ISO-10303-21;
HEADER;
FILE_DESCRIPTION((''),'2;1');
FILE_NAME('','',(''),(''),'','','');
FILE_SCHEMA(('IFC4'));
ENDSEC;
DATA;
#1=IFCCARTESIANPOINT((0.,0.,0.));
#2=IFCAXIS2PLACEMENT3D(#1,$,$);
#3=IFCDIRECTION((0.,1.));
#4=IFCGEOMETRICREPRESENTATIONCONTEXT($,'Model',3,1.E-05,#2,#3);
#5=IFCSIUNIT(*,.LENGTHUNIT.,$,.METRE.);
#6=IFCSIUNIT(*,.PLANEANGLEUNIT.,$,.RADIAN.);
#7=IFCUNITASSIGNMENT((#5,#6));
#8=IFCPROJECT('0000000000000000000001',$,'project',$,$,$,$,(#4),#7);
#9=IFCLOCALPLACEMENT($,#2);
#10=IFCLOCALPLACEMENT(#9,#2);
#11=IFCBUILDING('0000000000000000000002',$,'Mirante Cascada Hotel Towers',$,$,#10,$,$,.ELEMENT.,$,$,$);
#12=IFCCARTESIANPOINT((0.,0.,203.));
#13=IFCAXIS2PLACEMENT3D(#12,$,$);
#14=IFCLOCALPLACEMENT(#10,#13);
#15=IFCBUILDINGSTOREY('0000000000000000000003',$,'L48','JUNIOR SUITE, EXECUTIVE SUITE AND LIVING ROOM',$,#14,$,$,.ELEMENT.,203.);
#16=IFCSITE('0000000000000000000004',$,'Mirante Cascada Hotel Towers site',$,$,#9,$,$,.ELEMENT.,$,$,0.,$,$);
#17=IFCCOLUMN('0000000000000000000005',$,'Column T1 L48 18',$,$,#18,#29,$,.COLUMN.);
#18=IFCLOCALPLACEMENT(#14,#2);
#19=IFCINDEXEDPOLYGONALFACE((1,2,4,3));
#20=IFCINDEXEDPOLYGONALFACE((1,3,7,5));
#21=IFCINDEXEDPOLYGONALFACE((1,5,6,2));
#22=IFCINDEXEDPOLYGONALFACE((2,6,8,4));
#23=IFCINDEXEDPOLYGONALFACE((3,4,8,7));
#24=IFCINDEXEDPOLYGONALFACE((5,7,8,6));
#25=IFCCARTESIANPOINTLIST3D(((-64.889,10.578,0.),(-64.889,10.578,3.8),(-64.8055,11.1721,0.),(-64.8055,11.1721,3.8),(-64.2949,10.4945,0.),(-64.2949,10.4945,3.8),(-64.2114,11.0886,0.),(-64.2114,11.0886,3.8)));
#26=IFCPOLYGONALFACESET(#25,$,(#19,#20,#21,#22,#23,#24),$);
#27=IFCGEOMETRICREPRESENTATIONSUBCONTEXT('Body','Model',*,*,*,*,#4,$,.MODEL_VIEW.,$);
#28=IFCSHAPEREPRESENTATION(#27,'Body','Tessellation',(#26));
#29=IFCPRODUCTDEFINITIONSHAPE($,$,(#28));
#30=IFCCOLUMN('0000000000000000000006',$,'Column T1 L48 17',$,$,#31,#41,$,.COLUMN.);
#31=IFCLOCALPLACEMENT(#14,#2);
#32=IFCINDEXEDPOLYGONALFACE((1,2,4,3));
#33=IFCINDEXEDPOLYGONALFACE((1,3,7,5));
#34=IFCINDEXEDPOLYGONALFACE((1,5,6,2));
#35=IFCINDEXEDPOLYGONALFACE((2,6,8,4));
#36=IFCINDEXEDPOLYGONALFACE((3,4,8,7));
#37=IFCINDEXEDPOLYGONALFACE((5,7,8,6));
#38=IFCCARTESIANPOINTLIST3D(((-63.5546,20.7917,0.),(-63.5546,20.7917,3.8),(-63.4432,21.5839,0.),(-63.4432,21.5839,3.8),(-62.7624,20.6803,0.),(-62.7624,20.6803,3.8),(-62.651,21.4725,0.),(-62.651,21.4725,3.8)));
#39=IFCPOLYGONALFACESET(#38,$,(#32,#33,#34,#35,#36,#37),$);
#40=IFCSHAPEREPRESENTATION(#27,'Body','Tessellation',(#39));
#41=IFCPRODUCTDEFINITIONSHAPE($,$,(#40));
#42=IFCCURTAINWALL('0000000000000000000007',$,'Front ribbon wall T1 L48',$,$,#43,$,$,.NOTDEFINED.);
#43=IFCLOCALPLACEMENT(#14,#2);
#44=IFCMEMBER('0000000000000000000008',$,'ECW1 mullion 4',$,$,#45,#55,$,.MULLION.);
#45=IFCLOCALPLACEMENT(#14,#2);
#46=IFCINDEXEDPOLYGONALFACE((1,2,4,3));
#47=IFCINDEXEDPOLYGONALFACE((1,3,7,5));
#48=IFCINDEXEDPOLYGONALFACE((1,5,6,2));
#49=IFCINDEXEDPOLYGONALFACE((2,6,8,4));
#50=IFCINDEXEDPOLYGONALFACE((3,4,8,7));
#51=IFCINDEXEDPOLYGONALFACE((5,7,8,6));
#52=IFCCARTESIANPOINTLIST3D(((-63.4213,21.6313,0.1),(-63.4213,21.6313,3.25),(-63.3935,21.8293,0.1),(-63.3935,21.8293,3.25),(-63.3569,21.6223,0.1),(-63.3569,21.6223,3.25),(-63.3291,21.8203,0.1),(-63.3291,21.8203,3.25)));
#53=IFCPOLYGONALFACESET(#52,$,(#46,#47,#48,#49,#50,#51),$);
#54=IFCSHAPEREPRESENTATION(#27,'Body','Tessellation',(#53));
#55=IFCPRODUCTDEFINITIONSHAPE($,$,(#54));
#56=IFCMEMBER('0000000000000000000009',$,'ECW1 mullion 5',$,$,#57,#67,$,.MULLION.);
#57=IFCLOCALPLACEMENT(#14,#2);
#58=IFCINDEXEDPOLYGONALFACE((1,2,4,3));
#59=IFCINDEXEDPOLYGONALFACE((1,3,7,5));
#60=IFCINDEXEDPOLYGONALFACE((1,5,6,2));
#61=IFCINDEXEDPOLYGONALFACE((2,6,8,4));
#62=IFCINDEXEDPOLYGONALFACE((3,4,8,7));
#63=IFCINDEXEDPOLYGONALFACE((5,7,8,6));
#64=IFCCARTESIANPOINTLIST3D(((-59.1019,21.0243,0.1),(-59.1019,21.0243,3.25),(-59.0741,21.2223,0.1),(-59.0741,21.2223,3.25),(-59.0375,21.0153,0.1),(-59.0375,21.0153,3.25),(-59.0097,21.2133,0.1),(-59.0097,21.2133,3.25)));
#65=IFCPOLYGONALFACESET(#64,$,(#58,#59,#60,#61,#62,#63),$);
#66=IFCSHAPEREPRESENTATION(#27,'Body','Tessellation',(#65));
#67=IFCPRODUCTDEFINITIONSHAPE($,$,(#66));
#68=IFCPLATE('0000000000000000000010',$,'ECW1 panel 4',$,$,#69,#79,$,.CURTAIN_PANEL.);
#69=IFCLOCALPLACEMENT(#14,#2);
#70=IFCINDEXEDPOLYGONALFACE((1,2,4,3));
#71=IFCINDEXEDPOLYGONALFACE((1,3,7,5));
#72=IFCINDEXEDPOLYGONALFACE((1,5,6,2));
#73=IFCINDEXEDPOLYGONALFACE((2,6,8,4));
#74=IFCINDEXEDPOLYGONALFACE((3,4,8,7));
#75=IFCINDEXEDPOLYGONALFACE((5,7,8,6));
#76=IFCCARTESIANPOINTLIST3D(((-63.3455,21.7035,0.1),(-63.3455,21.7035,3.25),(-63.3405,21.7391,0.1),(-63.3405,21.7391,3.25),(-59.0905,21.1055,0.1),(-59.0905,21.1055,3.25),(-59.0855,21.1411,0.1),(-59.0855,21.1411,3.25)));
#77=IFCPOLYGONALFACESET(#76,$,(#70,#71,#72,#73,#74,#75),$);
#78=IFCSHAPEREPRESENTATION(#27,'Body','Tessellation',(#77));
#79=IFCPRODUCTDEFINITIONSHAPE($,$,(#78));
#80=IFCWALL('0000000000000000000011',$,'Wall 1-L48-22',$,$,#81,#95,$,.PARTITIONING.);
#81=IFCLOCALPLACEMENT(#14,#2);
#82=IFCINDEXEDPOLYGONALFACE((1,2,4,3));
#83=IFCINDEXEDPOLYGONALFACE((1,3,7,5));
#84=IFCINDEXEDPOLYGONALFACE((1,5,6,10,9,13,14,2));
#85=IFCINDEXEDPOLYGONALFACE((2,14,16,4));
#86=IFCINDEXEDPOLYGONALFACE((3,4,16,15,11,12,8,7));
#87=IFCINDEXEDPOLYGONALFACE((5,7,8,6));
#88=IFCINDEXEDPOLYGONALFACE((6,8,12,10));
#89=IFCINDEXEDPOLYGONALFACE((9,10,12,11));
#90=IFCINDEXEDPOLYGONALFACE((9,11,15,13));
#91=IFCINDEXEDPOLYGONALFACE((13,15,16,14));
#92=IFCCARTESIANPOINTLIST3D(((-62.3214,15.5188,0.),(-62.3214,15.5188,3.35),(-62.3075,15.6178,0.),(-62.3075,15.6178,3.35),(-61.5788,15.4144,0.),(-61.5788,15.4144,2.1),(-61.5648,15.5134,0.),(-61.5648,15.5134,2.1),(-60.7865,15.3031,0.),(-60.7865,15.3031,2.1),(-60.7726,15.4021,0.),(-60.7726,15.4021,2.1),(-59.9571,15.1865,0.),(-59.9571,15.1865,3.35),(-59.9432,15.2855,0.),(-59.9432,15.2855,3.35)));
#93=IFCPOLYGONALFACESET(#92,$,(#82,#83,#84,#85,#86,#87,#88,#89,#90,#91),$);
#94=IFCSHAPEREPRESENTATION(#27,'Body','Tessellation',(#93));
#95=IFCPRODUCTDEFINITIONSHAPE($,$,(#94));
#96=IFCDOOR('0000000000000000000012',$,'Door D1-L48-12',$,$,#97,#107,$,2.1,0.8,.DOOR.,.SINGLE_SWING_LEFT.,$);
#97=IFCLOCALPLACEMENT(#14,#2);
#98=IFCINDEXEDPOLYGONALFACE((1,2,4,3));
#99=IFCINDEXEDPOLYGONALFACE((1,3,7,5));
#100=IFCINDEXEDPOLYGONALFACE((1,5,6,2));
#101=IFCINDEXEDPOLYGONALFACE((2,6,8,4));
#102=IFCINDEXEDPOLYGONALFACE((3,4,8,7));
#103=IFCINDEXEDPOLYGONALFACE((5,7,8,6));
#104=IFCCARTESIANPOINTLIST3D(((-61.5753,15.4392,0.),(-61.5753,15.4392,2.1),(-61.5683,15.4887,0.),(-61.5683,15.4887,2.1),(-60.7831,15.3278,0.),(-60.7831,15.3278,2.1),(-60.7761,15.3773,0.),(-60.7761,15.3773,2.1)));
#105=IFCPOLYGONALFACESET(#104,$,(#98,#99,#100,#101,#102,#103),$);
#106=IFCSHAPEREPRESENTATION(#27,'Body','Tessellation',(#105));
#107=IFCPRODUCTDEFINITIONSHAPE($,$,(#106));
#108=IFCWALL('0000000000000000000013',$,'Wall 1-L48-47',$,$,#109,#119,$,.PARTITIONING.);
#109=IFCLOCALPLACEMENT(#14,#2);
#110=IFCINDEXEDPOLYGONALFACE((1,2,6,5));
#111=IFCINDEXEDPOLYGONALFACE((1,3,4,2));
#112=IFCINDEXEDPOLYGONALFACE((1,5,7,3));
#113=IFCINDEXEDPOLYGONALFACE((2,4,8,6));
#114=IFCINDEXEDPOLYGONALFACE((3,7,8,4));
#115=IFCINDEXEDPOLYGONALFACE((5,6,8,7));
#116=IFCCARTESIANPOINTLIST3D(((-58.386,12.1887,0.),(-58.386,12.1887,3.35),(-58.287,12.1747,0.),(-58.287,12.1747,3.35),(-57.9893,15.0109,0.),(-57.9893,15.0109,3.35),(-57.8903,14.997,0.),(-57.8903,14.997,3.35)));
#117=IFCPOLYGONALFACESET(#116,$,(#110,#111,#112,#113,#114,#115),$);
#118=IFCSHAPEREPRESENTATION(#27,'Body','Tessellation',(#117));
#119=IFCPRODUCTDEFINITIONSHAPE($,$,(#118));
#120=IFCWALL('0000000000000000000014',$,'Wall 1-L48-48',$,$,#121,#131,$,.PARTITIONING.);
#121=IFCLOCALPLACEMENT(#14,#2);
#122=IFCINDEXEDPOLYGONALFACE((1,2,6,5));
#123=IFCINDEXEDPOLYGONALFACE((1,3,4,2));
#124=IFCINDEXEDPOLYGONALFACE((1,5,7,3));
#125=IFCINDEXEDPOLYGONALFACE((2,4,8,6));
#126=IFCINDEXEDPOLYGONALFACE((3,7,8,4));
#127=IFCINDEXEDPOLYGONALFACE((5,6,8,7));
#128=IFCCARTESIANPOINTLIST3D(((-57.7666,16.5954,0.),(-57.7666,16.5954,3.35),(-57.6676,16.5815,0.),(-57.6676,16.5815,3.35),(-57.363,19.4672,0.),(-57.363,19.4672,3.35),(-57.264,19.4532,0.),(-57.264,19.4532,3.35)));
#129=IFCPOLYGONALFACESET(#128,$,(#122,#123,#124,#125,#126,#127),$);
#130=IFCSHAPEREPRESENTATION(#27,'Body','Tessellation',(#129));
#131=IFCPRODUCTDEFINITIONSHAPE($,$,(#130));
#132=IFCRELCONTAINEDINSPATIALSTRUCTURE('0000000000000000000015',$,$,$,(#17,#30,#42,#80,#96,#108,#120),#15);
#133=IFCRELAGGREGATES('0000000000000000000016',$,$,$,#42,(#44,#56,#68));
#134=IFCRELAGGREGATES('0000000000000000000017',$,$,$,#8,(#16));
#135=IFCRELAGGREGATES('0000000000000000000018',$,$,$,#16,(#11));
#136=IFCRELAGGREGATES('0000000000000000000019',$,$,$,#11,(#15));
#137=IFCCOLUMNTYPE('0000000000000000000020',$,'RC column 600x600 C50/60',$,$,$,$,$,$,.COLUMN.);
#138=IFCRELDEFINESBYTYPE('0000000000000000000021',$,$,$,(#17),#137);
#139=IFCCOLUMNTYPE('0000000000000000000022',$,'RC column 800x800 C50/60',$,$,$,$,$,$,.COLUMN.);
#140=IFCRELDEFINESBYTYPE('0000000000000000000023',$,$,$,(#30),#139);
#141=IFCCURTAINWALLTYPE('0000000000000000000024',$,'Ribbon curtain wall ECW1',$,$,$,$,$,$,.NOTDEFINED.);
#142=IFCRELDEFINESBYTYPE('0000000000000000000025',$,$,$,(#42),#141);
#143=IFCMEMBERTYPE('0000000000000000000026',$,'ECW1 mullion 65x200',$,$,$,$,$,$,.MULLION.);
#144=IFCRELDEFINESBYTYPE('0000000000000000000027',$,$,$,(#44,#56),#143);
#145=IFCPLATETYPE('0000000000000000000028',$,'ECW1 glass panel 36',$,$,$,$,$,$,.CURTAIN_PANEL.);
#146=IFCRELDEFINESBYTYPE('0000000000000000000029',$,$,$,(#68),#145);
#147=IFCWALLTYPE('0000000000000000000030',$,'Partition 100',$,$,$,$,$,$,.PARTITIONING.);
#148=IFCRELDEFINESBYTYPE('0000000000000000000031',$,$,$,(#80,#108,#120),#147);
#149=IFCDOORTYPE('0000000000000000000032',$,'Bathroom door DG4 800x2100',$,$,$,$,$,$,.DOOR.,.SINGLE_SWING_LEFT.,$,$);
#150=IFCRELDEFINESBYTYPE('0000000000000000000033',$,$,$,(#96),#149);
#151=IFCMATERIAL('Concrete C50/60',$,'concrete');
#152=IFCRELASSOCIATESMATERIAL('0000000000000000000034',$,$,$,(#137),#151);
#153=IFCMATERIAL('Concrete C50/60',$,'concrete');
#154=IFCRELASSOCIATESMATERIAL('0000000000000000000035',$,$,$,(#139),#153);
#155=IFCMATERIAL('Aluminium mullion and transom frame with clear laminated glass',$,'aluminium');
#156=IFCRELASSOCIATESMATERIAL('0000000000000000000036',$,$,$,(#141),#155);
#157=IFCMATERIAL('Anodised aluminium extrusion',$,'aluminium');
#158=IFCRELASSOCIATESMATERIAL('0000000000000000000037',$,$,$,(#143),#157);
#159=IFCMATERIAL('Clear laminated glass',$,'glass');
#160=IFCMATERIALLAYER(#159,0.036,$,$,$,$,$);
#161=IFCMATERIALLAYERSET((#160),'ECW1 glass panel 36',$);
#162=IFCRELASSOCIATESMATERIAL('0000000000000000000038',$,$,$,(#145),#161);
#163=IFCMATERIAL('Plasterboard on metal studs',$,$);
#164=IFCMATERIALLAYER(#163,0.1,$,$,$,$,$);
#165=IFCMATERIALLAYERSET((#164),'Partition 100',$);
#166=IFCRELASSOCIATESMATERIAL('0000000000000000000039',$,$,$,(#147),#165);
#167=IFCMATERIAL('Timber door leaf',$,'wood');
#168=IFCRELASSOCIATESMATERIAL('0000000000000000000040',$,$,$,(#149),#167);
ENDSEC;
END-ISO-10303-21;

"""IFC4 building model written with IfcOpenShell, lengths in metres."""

from ifc_helpers import new_model, si_unit, direction, frame, frame_2d, origin, origin_2d, place, context, subcontext, project, spatial, rectangle, extrude, material, layer, layer_set, material_profile, profile_set, type_object, element, fill, aggregate, save


model = new_model("IFC4")

# Units and contexts
model_context = context("Model", 3, precision=1e-05, world=origin(), true_north=direction((0.0, 1.0)))
body_context = subcontext(model_context, "Body", "Model", "MODEL_VIEW")
ifc_project = project(units=[si_unit("LENGTHUNIT", "METRE"), si_unit("PLANEANGLEUNIT", "RADIAN")], contexts=[model_context])

# Site, building, storey
site_placement = place(None, origin())
site = spatial("IfcSite", under=ifc_project, at=site_placement, Name="Mirante Cascada Hotel Towers site", CompositionType="ELEMENT", RefElevation=0.0)
building_placement = place(site_placement, origin())
building = spatial("IfcBuilding", under=site, at=building_placement, Name="Mirante Cascada Hotel Towers", CompositionType="ELEMENT")
storey_placement = place(building_placement, frame((0.0, 0.0, 203.0)))
storey = spatial("IfcBuildingStorey", under=building, at=storey_placement, Name="L48", Description="JUNIOR SUITE, EXECUTIVE SUITE AND LIVING ROOM", CompositionType="ELEMENT", Elevation=203.0)

# Columns
ifc_material_1 = material(Name="Concrete C50/60", Category="concrete")
ifc_material_profile_1 = material_profile(ifc_material_1, rectangle(XDim=0.6, YDim=0.6, at=origin_2d()), Name="RC column 600x600 C50/60")
ifc_profile_set_1 = profile_set([ifc_material_profile_1], Name="Concrete C50/60")
column_type_1 = type_object("IfcColumnType", Name="RC column 600x600 C50/60", PredefinedType="COLUMN", material=ifc_profile_set_1)
column_1_placement = place(storey_placement, frame((-64.5502, 10.8333, 0.0), z_axis=(0.0, 0.0, 1.0), x_axis=(-0.990268, 0.139173, 0.0)))
element("IfcColumn", 1, at=column_1_placement, inside=storey, type_object=column_type_1, Name="Column T1 L48 18", PredefinedType="COLUMN", context=body_context, shape_type="SweptSolid", body=[
    extrude(rectangle(XDim=0.6, YDim=0.6, at=origin_2d()), origin(), (0.0, 0.0, 1.0), 3.8),
])
ifc_material_2 = material(Name="Concrete C50/60", Category="concrete")
ifc_material_profile_2 = material_profile(ifc_material_2, rectangle(XDim=0.8, YDim=0.8, at=origin_2d()), Name="RC column 800x800 C50/60")
ifc_profile_set_2 = profile_set([ifc_material_profile_2], Name="Concrete C50/60")
column_type_2 = type_object("IfcColumnType", Name="RC column 800x800 C50/60", PredefinedType="COLUMN", material=ifc_profile_set_2)
column_2_placement = place(storey_placement, frame((-63.1028, 21.1321, 0.0), z_axis=(0.0, 0.0, 1.0), x_axis=(-0.990268, 0.139173, 0.0)))
element("IfcColumn", 2, at=column_2_placement, inside=storey, type_object=column_type_2, Name="Column T1 L48 17", PredefinedType="COLUMN", context=body_context, shape_type="SweptSolid", body=[
    extrude(rectangle(XDim=0.8, YDim=0.8, at=origin_2d()), origin(), (0.0, 0.0, 1.0), 3.8),
])

# Curtain wall, members, plate
ifc_material_3 = material(Name="Aluminium mullion and transom frame with clear laminated glass", Category="aluminium")
curtain_wall_type = type_object("IfcCurtainWallType", Name="Ribbon curtain wall ECW1", PredefinedType="NOTDEFINED", material=ifc_material_3)
curtain_wall_placement = place(storey_placement, origin())
curtain_wall = element("IfcCurtainWall", 3, at=curtain_wall_placement, inside=storey, type_object=curtain_wall_type, Name="Front ribbon wall T1 L48", PredefinedType="NOTDEFINED")
ifc_material_4 = material(Name="Anodised aluminium extrusion", Category="aluminium")
ifc_material_profile_3 = material_profile(ifc_material_4, rectangle(XDim=0.2, YDim=0.065, at=origin_2d()), Name="ECW1 MULLION 65x200")
ifc_profile_set_3 = profile_set([ifc_material_profile_3], Name="Anodised aluminium extrusion")
member_type = type_object("IfcMemberType", Name="ECW1 mullion 65x200", PredefinedType="MULLION", material=ifc_profile_set_3)
member_1_placement = place(storey_placement, frame((-63.3752, 21.7258, 0.1), z_axis=(0.0, 0.0, 1.0), x_axis=(0.139173, 0.990268, 0.0)))
member_1 = element("IfcMember", 4, at=member_1_placement, type_object=member_type, Name="ECW1 mullion 4", PredefinedType="MULLION", context=body_context, shape_type="SweptSolid", body=[
    extrude(rectangle(XDim=0.2, YDim=0.065, at=origin_2d()), origin(), (0.0, 0.0, 1.0), 3.15),
])
member_2_placement = place(storey_placement, frame((-59.0558, 21.1188, 0.1), z_axis=(0.0, 0.0, 1.0), x_axis=(0.139173, 0.990268, 0.0)))
member_2 = element("IfcMember", 5, at=member_2_placement, type_object=member_type, Name="ECW1 mullion 5", PredefinedType="MULLION", context=body_context, shape_type="SweptSolid", body=[
    extrude(rectangle(XDim=0.2, YDim=0.065, at=origin_2d()), origin(), (0.0, 0.0, 1.0), 3.15),
])
ifc_material_5 = material(Name="Clear laminated glass", Category="glass")
ifc_layer_1 = layer(ifc_material_5, 0.036)
ifc_layer_set_1 = layer_set([ifc_layer_1], Name="ECW1 glass panel 36")
plate_type = type_object("IfcPlateType", Name="ECW1 glass panel 36", PredefinedType="CURTAIN_PANEL", material=ifc_layer_set_1)
plate_placement = place(storey_placement, frame((-61.2155, 21.4223, 0.1), z_axis=(0.0, 0.0, 1.0), x_axis=(0.990268, -0.139173, 0.0)))
plate = element("IfcPlate", 6, at=plate_placement, type_object=plate_type, Name="ECW1 panel 4", PredefinedType="CURTAIN_PANEL", context=body_context, shape_type="SweptSolid", body=[
    extrude(rectangle(XDim=4.2968, YDim=0.036, at=origin_2d()), origin(), (0.0, 0.0, 1.0), 3.15),
])
aggregate(curtain_wall, [member_1, member_2, plate])

# Wall, opening, door
ifc_material_6 = material(Name="Plasterboard on metal studs")
ifc_layer_2 = layer(ifc_material_6, 0.1)
ifc_layer_set_2 = layer_set([ifc_layer_2], Name="Partition 100")
wall_type = type_object("IfcWallType", Name="Partition 100", PredefinedType="PARTITIONING", material=ifc_layer_set_2)
wall_1_placement = place(storey_placement, frame((-62.3145, 15.5683, 0.0), z_axis=(0.0, 0.0, 1.0), x_axis=(0.990267, -0.139181, 0.0)))
wall_1 = element("IfcWall", 7, at=wall_1_placement, inside=storey, type_object=wall_type, Name="Wall 1-L48-22", PredefinedType="PARTITIONING", context=body_context, shape_type="SweptSolid", body=[
    extrude(rectangle(XDim=2.3875, YDim=0.1, at=frame_2d((1.1938, 0.0))), origin(), (0.0, 0.0, 1.0), 3.35),
])
opening_1_placement = place(wall_1_placement, frame((0.75, 0.0, 0.0)))
opening_1 = element("IfcOpeningElement", 8, at=opening_1_placement, cuts=wall_1, PredefinedType="OPENING", context=body_context, shape_type="SweptSolid", body=[
    extrude(rectangle(XDim=0.8, YDim=2.1, at=frame_2d((0.4, 1.05))), frame((0.0, 0.05, 0.0), z_axis=(0.0, -1.0, 0.0), x_axis=(1.0, 0.0, 0.0)), (0.0, 0.0, 1.0), 0.1),
])
ifc_material_7 = material(Name="Timber door leaf", Category="wood")
door_type_1 = type_object("IfcDoorType", Name="Bathroom door DG4 800x2100", OperationType="SINGLE_SWING_LEFT", PredefinedType="DOOR", material=ifc_material_7)
door_1_placement = place(opening_1_placement, origin())
door_1 = element("IfcDoor", 9, at=door_1_placement, inside=storey, type_object=door_type_1, Name="Door D1-L48-12", OperationType="SINGLE_SWING_LEFT", OverallHeight=2.1, OverallWidth=0.8, PredefinedType="DOOR", context=body_context, shape_type="SweptSolid", body=[
    extrude(rectangle(XDim=0.8, YDim=2.1, at=frame_2d((0.4, 1.05))), frame((0.0, 0.025, 0.0), z_axis=(0.0, -1.0, 0.0), x_axis=(1.0, 0.0, 0.0)), (0.0, 0.0, 1.0), 0.05),
])
fill(opening_1, door_1)

# Walls
wall_2_placement = place(storey_placement, frame((-58.3365, 12.1817, 0.0), z_axis=(0.0, 0.0, 1.0), x_axis=(0.139191, 0.990266, 0.0)))
element("IfcWall", 10, at=wall_2_placement, inside=storey, type_object=wall_type, Name="Wall 1-L48-47", PredefinedType="PARTITIONING", context=body_context, shape_type="SweptSolid", body=[
    extrude(rectangle(XDim=2.85, YDim=0.1, at=frame_2d((1.425, 0.0))), origin(), (0.0, 0.0, 1.0), 3.35),
])
wall_3_placement = place(storey_placement, frame((-57.3135, 19.4602, 0.0), z_axis=(0.0, 0.0, 1.0), x_axis=(-0.139171, -0.990268, 0.0)))
element("IfcWall", 11, at=wall_3_placement, inside=storey, type_object=wall_type, Name="Wall 1-L48-48", PredefinedType="PARTITIONING", context=body_context, shape_type="SweptSolid", body=[
    extrude(rectangle(XDim=2.9, YDim=0.1, at=frame_2d((1.45, 0.0))), origin(), (0.0, 0.0, 1.0), 3.35),
])

save(model, "model.ifc")
